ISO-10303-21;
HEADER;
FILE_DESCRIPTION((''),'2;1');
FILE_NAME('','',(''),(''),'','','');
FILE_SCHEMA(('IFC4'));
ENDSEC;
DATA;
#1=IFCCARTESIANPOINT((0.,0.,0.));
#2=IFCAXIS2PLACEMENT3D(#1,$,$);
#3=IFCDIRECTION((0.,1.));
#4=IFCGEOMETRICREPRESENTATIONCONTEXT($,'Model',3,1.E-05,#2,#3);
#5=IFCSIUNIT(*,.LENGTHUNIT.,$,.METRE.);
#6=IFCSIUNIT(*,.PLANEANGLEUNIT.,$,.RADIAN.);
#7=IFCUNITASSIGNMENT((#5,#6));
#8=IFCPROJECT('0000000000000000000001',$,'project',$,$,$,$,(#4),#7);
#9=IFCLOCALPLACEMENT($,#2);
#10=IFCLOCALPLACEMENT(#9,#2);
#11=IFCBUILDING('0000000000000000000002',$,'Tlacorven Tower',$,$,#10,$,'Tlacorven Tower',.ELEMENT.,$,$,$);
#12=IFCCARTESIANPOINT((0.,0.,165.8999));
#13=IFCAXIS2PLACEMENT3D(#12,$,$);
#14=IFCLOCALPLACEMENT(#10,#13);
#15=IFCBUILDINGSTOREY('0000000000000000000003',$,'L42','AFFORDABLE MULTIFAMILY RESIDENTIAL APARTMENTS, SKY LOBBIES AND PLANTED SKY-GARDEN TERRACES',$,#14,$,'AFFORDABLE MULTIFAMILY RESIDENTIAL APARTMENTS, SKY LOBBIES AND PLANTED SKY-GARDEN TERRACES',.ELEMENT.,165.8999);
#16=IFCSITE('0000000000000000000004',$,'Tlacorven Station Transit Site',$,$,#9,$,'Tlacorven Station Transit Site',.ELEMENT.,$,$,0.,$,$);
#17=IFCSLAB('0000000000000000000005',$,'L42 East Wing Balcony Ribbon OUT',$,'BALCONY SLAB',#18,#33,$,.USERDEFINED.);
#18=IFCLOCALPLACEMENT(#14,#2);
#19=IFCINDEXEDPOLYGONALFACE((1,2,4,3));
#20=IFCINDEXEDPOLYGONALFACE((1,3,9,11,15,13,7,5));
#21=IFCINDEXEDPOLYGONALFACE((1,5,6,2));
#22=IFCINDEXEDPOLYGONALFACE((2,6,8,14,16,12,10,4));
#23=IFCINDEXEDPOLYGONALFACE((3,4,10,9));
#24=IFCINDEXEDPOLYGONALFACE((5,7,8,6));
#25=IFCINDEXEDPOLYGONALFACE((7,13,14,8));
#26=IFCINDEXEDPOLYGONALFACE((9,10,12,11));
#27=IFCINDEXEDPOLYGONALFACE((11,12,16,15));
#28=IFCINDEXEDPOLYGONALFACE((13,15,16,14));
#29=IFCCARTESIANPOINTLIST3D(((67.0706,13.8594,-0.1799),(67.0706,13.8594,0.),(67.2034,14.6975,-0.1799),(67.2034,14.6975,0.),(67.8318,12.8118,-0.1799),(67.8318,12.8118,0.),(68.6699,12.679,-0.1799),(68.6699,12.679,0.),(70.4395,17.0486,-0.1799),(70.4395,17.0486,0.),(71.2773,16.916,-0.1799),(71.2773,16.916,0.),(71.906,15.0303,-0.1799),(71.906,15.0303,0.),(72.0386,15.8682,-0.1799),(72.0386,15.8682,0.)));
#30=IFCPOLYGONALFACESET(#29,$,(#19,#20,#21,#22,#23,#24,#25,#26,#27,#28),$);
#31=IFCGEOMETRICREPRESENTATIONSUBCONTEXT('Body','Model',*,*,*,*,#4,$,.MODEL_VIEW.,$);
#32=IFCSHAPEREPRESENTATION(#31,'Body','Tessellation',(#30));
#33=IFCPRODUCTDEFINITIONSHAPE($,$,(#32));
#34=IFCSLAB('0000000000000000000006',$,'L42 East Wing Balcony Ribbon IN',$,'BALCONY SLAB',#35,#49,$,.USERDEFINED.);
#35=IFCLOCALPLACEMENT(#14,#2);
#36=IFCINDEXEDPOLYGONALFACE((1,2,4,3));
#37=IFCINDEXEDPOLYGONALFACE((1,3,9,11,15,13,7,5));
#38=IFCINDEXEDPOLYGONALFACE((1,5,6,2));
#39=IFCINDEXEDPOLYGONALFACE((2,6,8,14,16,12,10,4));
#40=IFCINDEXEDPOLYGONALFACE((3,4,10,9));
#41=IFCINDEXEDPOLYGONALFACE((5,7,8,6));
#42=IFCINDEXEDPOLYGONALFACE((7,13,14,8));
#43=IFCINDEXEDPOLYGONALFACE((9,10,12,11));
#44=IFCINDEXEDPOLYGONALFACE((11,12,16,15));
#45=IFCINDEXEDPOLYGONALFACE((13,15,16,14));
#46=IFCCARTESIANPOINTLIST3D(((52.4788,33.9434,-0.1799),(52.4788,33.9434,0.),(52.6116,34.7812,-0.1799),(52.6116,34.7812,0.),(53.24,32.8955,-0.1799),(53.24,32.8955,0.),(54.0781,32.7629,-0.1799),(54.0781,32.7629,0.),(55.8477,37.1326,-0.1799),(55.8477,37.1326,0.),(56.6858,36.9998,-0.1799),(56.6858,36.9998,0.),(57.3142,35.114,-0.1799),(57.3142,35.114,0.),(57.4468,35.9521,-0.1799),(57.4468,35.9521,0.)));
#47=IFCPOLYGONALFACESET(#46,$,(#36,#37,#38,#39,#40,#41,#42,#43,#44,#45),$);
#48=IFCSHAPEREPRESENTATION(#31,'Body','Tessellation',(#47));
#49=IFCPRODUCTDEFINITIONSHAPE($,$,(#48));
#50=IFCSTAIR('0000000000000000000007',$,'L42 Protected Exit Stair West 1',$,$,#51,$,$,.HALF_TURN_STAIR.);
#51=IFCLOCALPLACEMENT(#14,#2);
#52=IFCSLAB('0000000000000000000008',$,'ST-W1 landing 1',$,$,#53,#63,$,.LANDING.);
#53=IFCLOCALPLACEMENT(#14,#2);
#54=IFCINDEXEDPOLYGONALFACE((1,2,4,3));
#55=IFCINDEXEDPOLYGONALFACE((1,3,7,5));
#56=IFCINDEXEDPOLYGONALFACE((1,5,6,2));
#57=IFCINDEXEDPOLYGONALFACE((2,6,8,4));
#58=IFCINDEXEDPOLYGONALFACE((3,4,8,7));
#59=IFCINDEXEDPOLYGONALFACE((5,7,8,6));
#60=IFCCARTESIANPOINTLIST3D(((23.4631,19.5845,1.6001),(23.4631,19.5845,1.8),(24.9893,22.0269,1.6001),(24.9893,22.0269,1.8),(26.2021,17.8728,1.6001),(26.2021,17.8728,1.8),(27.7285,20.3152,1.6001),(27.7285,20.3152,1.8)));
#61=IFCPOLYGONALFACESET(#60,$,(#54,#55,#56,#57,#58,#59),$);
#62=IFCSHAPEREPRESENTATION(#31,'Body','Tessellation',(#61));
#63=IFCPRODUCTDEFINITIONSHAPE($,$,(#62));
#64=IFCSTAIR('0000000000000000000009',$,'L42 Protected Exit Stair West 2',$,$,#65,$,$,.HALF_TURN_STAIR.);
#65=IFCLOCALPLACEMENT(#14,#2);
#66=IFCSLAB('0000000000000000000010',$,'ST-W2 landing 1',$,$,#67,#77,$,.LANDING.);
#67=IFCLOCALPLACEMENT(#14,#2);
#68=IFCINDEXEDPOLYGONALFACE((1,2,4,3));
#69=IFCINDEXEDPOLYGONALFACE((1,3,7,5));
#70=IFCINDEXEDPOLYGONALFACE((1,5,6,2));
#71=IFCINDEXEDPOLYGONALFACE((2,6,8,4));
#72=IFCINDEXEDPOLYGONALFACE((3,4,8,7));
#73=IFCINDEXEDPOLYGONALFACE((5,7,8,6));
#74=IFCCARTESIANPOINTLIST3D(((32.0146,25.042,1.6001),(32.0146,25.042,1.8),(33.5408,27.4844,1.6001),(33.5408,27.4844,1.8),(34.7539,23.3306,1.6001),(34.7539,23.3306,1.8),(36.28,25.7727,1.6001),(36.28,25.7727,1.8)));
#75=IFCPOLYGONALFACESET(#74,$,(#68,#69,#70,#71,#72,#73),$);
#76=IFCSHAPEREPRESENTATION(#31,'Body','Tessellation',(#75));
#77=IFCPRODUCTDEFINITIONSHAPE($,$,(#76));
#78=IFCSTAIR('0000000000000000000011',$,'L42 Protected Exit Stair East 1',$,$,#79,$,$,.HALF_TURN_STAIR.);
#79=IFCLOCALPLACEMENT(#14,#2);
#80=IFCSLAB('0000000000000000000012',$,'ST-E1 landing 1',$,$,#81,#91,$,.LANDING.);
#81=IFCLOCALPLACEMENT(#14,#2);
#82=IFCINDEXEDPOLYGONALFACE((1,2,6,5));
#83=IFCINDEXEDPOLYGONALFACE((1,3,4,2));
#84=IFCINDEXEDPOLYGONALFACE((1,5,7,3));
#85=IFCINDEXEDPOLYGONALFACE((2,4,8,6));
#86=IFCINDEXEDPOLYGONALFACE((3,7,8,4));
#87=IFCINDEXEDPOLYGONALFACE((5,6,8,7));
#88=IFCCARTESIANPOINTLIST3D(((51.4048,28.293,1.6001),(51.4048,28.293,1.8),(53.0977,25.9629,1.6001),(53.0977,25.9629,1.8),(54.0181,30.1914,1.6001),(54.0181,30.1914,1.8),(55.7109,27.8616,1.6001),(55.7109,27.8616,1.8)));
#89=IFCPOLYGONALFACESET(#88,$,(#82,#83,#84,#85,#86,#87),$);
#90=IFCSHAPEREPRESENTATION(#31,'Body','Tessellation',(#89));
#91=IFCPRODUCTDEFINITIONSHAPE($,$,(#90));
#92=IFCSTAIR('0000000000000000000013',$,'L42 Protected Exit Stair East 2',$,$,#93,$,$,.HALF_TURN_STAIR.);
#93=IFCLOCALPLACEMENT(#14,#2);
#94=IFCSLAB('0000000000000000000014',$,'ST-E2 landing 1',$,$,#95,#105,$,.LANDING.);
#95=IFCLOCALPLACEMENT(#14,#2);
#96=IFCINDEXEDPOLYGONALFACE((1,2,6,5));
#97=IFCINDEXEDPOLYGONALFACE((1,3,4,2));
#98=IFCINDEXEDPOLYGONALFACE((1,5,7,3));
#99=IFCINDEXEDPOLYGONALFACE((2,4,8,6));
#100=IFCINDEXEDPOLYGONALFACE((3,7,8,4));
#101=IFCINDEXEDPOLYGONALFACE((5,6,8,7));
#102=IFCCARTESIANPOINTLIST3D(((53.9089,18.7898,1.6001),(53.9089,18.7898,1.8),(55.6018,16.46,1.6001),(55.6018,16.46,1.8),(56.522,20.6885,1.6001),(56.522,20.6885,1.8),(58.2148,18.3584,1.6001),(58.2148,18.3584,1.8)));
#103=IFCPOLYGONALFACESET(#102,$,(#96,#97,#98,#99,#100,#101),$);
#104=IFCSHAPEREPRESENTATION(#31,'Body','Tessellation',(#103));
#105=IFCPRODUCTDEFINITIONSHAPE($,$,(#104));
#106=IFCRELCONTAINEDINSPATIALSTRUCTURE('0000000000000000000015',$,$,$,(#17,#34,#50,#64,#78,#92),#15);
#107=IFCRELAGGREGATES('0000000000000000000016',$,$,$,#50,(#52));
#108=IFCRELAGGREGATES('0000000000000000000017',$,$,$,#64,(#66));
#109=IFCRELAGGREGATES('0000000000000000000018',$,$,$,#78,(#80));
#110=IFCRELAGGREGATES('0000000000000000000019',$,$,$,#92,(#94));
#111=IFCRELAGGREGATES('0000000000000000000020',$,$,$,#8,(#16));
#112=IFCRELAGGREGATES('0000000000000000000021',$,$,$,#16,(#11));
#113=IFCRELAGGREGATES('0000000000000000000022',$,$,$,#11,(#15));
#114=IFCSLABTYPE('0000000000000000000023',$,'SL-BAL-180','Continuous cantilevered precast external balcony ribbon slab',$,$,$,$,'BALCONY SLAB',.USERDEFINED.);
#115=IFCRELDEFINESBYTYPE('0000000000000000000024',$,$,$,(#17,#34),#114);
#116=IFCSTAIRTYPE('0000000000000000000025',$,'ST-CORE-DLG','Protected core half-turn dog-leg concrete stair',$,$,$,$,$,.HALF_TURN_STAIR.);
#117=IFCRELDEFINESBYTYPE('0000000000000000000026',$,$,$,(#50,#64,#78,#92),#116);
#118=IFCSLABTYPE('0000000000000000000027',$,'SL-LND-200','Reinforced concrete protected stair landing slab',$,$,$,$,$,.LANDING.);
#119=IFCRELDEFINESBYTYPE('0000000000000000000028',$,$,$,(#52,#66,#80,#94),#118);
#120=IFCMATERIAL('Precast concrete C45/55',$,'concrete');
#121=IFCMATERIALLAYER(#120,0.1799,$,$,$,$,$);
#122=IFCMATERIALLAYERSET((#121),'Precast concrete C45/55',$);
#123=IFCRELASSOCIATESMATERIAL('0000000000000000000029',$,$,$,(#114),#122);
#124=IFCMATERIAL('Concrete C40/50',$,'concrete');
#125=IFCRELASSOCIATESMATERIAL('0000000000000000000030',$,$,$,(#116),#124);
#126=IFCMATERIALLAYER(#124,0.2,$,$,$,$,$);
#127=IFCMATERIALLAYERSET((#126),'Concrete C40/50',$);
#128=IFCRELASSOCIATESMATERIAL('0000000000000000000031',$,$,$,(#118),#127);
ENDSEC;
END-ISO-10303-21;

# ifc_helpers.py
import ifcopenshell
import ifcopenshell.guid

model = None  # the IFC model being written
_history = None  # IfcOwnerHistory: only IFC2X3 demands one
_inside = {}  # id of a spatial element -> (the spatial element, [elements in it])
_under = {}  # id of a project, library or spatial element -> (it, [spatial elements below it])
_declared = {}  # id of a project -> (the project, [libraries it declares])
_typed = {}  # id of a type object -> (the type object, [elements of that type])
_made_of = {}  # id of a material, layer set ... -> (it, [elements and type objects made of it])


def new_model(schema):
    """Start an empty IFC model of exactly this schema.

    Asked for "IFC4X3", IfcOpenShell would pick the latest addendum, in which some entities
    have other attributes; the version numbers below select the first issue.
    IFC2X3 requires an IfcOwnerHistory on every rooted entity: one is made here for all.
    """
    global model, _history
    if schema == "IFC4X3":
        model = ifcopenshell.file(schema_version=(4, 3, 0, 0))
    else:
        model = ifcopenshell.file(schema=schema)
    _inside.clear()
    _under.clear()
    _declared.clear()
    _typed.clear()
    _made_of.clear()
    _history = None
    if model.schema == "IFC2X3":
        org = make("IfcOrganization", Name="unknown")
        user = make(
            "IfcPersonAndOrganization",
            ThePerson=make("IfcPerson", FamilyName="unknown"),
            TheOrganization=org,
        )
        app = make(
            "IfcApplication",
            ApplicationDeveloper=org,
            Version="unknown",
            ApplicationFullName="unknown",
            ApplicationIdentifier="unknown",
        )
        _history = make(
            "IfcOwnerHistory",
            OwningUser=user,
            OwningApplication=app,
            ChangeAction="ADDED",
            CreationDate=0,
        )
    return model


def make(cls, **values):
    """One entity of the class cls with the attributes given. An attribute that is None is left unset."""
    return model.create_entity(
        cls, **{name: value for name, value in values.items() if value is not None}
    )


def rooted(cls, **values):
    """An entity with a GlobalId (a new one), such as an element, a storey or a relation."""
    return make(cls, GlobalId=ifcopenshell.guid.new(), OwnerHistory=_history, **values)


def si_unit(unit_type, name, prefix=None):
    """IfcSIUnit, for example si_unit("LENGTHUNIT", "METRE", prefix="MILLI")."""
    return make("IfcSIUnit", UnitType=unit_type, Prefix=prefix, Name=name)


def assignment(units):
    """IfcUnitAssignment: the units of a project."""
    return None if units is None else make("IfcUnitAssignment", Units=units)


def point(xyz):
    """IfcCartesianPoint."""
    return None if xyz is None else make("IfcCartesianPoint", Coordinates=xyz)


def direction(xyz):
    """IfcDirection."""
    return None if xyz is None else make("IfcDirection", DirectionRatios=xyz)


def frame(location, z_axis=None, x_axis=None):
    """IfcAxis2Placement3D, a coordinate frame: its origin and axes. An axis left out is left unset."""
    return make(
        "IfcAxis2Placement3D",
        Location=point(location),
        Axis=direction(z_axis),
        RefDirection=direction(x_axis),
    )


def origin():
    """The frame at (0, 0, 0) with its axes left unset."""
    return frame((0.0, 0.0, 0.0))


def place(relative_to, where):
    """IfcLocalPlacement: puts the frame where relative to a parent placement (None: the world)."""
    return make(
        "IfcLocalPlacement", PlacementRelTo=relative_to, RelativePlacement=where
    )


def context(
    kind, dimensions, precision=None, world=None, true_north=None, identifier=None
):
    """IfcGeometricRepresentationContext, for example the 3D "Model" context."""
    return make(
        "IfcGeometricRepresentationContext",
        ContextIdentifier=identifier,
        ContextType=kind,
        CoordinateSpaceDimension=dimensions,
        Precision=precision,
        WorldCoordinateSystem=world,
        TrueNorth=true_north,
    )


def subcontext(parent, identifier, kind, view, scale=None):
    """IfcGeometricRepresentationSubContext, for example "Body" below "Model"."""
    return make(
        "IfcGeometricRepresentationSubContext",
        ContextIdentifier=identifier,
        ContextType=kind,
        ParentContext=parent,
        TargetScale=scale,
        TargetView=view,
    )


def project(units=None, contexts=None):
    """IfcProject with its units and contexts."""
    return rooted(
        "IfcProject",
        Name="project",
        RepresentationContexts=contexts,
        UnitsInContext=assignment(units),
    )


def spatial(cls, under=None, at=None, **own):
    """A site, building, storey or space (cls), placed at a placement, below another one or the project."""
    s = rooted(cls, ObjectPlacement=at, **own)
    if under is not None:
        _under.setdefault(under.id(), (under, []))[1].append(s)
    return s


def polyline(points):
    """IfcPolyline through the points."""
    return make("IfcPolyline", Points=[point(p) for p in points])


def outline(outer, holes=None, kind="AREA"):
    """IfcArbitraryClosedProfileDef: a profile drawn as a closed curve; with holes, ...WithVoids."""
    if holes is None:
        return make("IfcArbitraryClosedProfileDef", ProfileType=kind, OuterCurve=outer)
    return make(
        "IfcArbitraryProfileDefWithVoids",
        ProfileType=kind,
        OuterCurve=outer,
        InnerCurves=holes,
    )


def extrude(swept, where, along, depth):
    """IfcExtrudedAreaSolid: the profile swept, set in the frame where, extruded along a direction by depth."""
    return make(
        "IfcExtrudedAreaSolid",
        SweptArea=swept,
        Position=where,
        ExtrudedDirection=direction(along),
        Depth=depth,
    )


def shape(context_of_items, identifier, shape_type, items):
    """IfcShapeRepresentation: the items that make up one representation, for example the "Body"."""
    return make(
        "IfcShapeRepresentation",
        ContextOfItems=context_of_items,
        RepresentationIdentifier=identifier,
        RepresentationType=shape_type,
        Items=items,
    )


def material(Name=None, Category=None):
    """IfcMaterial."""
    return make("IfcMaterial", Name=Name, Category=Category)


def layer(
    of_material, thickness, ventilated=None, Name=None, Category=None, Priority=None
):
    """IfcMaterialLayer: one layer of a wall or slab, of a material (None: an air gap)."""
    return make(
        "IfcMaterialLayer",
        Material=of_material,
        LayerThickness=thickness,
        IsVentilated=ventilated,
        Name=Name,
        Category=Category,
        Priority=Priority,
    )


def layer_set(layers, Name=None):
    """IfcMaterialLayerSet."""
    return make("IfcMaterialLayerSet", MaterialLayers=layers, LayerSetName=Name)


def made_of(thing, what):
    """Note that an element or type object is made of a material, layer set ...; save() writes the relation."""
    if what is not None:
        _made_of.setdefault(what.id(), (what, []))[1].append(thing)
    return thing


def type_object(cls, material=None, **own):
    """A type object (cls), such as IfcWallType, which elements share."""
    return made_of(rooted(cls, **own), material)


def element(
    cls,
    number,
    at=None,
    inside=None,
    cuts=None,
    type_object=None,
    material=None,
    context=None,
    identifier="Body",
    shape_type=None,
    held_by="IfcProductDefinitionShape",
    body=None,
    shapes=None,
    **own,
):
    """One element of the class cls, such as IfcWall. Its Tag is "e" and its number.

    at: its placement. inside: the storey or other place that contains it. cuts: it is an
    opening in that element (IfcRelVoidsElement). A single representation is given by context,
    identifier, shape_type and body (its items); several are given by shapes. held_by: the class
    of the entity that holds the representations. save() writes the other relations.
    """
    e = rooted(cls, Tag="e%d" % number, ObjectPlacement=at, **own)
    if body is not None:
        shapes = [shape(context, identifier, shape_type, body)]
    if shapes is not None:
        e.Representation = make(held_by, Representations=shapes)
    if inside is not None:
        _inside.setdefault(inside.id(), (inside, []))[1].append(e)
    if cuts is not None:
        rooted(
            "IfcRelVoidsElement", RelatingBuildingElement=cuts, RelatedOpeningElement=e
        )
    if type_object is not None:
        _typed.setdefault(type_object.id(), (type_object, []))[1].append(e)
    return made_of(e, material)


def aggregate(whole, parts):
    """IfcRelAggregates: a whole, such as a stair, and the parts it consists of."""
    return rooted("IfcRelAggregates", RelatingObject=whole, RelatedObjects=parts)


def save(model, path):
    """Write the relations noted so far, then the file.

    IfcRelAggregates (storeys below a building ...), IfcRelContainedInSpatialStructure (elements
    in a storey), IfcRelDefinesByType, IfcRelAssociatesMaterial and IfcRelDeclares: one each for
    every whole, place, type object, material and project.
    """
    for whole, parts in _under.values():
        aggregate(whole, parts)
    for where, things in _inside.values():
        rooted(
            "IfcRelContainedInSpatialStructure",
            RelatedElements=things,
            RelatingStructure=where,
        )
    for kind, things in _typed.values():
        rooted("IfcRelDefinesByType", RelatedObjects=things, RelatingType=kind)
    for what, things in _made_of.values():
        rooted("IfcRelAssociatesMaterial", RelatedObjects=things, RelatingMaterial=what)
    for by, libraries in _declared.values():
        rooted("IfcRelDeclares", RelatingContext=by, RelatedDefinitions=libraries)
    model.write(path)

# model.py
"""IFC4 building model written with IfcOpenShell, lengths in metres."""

from ifc_helpers import new_model, si_unit, direction, frame, origin, place, context, subcontext, project, spatial, polyline, outline, extrude, material, layer, layer_set, type_object, element, aggregate, save


model = new_model("IFC4")

# Units and contexts
model_context = context("Model", 3, precision=1e-05, world=origin(), true_north=direction((0.0, 1.0)))
body_context = subcontext(model_context, "Body", "Model", "MODEL_VIEW")
ifc_project = project(units=[si_unit("LENGTHUNIT", "METRE"), si_unit("PLANEANGLEUNIT", "RADIAN")], contexts=[model_context])

# Site, building, storey
site_placement = place(None, origin())
site = spatial("IfcSite", under=ifc_project, at=site_placement, Name="Tlacorven Station Transit Site", LongName="Tlacorven Station Transit Site", CompositionType="ELEMENT", RefElevation=0.0)
building_placement = place(site_placement, origin())
building = spatial("IfcBuilding", under=site, at=building_placement, Name="Tlacorven Tower", LongName="Tlacorven Tower", CompositionType="ELEMENT")
storey_placement = place(building_placement, frame((0.0, 0.0, 165.8999)))
storey = spatial("IfcBuildingStorey", under=building, at=storey_placement, Name="L42", Description="AFFORDABLE MULTIFAMILY RESIDENTIAL APARTMENTS, SKY LOBBIES AND PLANTED SKY-GARDEN TERRACES", LongName="AFFORDABLE MULTIFAMILY RESIDENTIAL APARTMENTS, SKY LOBBIES AND PLANTED SKY-GARDEN TERRACES", CompositionType="ELEMENT", Elevation=165.8999)

# Slabs
ifc_material_1 = material(Name="Precast concrete C45/55", Category="concrete")
ifc_layer_1 = layer(ifc_material_1, 0.1799)
ifc_layer_set_1 = layer_set([ifc_layer_1], Name="Precast concrete C45/55")
slab_type_1 = type_object("IfcSlabType", Name="SL-BAL-180", Description="Continuous cantilevered precast external balcony ribbon slab", ElementType="BALCONY SLAB", PredefinedType="USERDEFINED", material=ifc_layer_set_1)
slab_1_placement = place(storey_placement, frame((0.0, 0.0, -0.1799)))
element("IfcSlab", 1, at=slab_1_placement, inside=storey, type_object=slab_type_1, Name="L42 East Wing Balcony Ribbon OUT", ObjectType="BALCONY SLAB", PredefinedType="USERDEFINED", context=body_context, shape_type="SweptSolid", body=[
    extrude(outline(polyline([(68.6699, 12.679), (71.906, 15.0303), (72.0386, 15.8682), (71.2773, 16.916), (70.4395, 17.0486), (67.2034, 14.6975), (67.0706, 13.8594), (67.8318, 12.8118), (68.6699, 12.679)])), origin(), (0.0, 0.0, 1.0), 0.1799),
])
slab_2_placement = place(storey_placement, frame((0.0, 0.0, -0.1799)))
element("IfcSlab", 2, at=slab_2_placement, inside=storey, type_object=slab_type_1, Name="L42 East Wing Balcony Ribbon IN", ObjectType="BALCONY SLAB", PredefinedType="USERDEFINED", context=body_context, shape_type="SweptSolid", body=[
    extrude(outline(polyline([(54.0781, 32.7629), (57.3142, 35.114), (57.4468, 35.9521), (56.6858, 36.9998), (55.8477, 37.1326), (52.6116, 34.7812), (52.4788, 33.9434), (53.24, 32.8955), (54.0781, 32.7629)])), origin(), (0.0, 0.0, 1.0), 0.1799),
])

# Stairs, slabs
ifc_material_2 = material(Name="Concrete C40/50", Category="concrete")
stair_type = type_object("IfcStairType", Name="ST-CORE-DLG", Description="Protected core half-turn dog-leg concrete stair", PredefinedType="HALF_TURN_STAIR", material=ifc_material_2)
stair_1_placement = place(storey_placement, origin())
stair_1 = element("IfcStair", 3, at=stair_1_placement, inside=storey, type_object=stair_type, Name="L42 Protected Exit Stair West 1", PredefinedType="HALF_TURN_STAIR")
ifc_layer_2 = layer(ifc_material_2, 0.2)
ifc_layer_set_2 = layer_set([ifc_layer_2], Name="Concrete C40/50")
slab_type_2 = type_object("IfcSlabType", Name="SL-LND-200", Description="Reinforced concrete protected stair landing slab", PredefinedType="LANDING", material=ifc_layer_set_2)
slab_3_placement = place(storey_placement, frame((0.0, 0.0, 1.6001)))
slab_3 = element("IfcSlab", 4, at=slab_3_placement, type_object=slab_type_2, Name="ST-W1 landing 1", PredefinedType="LANDING", context=body_context, shape_type="SweptSolid", body=[
    extrude(outline(polyline([(27.7285, 20.3152), (24.9893, 22.0269), (23.4631, 19.5845), (26.2021, 17.8728), (27.7285, 20.3152)])), origin(), (0.0, 0.0, 1.0), 0.2),
])
aggregate(stair_1, [slab_3])
stair_2_placement = place(storey_placement, origin())
stair_2 = element("IfcStair", 5, at=stair_2_placement, inside=storey, type_object=stair_type, Name="L42 Protected Exit Stair West 2", PredefinedType="HALF_TURN_STAIR")
slab_4_placement = place(storey_placement, frame((0.0, 0.0, 1.6001)))
slab_4 = element("IfcSlab", 6, at=slab_4_placement, type_object=slab_type_2, Name="ST-W2 landing 1", PredefinedType="LANDING", context=body_context, shape_type="SweptSolid", body=[
    extrude(outline(polyline([(36.28, 25.7727), (33.5408, 27.4844), (32.0146, 25.042), (34.7539, 23.3306), (36.28, 25.7727)])), origin(), (0.0, 0.0, 1.0), 0.2),
])
aggregate(stair_2, [slab_4])
stair_3_placement = place(storey_placement, origin())
stair_3 = element("IfcStair", 7, at=stair_3_placement, inside=storey, type_object=stair_type, Name="L42 Protected Exit Stair East 1", PredefinedType="HALF_TURN_STAIR")
slab_5_placement = place(storey_placement, frame((0.0, 0.0, 1.6001)))
slab_5 = element("IfcSlab", 8, at=slab_5_placement, type_object=slab_type_2, Name="ST-E1 landing 1", PredefinedType="LANDING", context=body_context, shape_type="SweptSolid", body=[
    extrude(outline(polyline([(53.0977, 25.9629), (55.7109, 27.8616), (54.0181, 30.1914), (51.4048, 28.293), (53.0977, 25.9629)])), origin(), (0.0, 0.0, 1.0), 0.2),
])
aggregate(stair_3, [slab_5])
stair_4_placement = place(storey_placement, origin())
stair_4 = element("IfcStair", 9, at=stair_4_placement, inside=storey, type_object=stair_type, Name="L42 Protected Exit Stair East 2", PredefinedType="HALF_TURN_STAIR")
slab_6_placement = place(storey_placement, frame((0.0, 0.0, 1.6001)))
slab_6 = element("IfcSlab", 10, at=slab_6_placement, type_object=slab_type_2, Name="ST-E2 landing 1", PredefinedType="LANDING", context=body_context, shape_type="SweptSolid", body=[
    extrude(outline(polyline([(55.6018, 16.46), (58.2148, 18.3584), (56.522, 20.6885), (53.9089, 18.7898), (55.6018, 16.46)])), origin(), (0.0, 0.0, 1.0), 0.2),
])
aggregate(stair_4, [slab_6])

save(model, "model.ifc")
